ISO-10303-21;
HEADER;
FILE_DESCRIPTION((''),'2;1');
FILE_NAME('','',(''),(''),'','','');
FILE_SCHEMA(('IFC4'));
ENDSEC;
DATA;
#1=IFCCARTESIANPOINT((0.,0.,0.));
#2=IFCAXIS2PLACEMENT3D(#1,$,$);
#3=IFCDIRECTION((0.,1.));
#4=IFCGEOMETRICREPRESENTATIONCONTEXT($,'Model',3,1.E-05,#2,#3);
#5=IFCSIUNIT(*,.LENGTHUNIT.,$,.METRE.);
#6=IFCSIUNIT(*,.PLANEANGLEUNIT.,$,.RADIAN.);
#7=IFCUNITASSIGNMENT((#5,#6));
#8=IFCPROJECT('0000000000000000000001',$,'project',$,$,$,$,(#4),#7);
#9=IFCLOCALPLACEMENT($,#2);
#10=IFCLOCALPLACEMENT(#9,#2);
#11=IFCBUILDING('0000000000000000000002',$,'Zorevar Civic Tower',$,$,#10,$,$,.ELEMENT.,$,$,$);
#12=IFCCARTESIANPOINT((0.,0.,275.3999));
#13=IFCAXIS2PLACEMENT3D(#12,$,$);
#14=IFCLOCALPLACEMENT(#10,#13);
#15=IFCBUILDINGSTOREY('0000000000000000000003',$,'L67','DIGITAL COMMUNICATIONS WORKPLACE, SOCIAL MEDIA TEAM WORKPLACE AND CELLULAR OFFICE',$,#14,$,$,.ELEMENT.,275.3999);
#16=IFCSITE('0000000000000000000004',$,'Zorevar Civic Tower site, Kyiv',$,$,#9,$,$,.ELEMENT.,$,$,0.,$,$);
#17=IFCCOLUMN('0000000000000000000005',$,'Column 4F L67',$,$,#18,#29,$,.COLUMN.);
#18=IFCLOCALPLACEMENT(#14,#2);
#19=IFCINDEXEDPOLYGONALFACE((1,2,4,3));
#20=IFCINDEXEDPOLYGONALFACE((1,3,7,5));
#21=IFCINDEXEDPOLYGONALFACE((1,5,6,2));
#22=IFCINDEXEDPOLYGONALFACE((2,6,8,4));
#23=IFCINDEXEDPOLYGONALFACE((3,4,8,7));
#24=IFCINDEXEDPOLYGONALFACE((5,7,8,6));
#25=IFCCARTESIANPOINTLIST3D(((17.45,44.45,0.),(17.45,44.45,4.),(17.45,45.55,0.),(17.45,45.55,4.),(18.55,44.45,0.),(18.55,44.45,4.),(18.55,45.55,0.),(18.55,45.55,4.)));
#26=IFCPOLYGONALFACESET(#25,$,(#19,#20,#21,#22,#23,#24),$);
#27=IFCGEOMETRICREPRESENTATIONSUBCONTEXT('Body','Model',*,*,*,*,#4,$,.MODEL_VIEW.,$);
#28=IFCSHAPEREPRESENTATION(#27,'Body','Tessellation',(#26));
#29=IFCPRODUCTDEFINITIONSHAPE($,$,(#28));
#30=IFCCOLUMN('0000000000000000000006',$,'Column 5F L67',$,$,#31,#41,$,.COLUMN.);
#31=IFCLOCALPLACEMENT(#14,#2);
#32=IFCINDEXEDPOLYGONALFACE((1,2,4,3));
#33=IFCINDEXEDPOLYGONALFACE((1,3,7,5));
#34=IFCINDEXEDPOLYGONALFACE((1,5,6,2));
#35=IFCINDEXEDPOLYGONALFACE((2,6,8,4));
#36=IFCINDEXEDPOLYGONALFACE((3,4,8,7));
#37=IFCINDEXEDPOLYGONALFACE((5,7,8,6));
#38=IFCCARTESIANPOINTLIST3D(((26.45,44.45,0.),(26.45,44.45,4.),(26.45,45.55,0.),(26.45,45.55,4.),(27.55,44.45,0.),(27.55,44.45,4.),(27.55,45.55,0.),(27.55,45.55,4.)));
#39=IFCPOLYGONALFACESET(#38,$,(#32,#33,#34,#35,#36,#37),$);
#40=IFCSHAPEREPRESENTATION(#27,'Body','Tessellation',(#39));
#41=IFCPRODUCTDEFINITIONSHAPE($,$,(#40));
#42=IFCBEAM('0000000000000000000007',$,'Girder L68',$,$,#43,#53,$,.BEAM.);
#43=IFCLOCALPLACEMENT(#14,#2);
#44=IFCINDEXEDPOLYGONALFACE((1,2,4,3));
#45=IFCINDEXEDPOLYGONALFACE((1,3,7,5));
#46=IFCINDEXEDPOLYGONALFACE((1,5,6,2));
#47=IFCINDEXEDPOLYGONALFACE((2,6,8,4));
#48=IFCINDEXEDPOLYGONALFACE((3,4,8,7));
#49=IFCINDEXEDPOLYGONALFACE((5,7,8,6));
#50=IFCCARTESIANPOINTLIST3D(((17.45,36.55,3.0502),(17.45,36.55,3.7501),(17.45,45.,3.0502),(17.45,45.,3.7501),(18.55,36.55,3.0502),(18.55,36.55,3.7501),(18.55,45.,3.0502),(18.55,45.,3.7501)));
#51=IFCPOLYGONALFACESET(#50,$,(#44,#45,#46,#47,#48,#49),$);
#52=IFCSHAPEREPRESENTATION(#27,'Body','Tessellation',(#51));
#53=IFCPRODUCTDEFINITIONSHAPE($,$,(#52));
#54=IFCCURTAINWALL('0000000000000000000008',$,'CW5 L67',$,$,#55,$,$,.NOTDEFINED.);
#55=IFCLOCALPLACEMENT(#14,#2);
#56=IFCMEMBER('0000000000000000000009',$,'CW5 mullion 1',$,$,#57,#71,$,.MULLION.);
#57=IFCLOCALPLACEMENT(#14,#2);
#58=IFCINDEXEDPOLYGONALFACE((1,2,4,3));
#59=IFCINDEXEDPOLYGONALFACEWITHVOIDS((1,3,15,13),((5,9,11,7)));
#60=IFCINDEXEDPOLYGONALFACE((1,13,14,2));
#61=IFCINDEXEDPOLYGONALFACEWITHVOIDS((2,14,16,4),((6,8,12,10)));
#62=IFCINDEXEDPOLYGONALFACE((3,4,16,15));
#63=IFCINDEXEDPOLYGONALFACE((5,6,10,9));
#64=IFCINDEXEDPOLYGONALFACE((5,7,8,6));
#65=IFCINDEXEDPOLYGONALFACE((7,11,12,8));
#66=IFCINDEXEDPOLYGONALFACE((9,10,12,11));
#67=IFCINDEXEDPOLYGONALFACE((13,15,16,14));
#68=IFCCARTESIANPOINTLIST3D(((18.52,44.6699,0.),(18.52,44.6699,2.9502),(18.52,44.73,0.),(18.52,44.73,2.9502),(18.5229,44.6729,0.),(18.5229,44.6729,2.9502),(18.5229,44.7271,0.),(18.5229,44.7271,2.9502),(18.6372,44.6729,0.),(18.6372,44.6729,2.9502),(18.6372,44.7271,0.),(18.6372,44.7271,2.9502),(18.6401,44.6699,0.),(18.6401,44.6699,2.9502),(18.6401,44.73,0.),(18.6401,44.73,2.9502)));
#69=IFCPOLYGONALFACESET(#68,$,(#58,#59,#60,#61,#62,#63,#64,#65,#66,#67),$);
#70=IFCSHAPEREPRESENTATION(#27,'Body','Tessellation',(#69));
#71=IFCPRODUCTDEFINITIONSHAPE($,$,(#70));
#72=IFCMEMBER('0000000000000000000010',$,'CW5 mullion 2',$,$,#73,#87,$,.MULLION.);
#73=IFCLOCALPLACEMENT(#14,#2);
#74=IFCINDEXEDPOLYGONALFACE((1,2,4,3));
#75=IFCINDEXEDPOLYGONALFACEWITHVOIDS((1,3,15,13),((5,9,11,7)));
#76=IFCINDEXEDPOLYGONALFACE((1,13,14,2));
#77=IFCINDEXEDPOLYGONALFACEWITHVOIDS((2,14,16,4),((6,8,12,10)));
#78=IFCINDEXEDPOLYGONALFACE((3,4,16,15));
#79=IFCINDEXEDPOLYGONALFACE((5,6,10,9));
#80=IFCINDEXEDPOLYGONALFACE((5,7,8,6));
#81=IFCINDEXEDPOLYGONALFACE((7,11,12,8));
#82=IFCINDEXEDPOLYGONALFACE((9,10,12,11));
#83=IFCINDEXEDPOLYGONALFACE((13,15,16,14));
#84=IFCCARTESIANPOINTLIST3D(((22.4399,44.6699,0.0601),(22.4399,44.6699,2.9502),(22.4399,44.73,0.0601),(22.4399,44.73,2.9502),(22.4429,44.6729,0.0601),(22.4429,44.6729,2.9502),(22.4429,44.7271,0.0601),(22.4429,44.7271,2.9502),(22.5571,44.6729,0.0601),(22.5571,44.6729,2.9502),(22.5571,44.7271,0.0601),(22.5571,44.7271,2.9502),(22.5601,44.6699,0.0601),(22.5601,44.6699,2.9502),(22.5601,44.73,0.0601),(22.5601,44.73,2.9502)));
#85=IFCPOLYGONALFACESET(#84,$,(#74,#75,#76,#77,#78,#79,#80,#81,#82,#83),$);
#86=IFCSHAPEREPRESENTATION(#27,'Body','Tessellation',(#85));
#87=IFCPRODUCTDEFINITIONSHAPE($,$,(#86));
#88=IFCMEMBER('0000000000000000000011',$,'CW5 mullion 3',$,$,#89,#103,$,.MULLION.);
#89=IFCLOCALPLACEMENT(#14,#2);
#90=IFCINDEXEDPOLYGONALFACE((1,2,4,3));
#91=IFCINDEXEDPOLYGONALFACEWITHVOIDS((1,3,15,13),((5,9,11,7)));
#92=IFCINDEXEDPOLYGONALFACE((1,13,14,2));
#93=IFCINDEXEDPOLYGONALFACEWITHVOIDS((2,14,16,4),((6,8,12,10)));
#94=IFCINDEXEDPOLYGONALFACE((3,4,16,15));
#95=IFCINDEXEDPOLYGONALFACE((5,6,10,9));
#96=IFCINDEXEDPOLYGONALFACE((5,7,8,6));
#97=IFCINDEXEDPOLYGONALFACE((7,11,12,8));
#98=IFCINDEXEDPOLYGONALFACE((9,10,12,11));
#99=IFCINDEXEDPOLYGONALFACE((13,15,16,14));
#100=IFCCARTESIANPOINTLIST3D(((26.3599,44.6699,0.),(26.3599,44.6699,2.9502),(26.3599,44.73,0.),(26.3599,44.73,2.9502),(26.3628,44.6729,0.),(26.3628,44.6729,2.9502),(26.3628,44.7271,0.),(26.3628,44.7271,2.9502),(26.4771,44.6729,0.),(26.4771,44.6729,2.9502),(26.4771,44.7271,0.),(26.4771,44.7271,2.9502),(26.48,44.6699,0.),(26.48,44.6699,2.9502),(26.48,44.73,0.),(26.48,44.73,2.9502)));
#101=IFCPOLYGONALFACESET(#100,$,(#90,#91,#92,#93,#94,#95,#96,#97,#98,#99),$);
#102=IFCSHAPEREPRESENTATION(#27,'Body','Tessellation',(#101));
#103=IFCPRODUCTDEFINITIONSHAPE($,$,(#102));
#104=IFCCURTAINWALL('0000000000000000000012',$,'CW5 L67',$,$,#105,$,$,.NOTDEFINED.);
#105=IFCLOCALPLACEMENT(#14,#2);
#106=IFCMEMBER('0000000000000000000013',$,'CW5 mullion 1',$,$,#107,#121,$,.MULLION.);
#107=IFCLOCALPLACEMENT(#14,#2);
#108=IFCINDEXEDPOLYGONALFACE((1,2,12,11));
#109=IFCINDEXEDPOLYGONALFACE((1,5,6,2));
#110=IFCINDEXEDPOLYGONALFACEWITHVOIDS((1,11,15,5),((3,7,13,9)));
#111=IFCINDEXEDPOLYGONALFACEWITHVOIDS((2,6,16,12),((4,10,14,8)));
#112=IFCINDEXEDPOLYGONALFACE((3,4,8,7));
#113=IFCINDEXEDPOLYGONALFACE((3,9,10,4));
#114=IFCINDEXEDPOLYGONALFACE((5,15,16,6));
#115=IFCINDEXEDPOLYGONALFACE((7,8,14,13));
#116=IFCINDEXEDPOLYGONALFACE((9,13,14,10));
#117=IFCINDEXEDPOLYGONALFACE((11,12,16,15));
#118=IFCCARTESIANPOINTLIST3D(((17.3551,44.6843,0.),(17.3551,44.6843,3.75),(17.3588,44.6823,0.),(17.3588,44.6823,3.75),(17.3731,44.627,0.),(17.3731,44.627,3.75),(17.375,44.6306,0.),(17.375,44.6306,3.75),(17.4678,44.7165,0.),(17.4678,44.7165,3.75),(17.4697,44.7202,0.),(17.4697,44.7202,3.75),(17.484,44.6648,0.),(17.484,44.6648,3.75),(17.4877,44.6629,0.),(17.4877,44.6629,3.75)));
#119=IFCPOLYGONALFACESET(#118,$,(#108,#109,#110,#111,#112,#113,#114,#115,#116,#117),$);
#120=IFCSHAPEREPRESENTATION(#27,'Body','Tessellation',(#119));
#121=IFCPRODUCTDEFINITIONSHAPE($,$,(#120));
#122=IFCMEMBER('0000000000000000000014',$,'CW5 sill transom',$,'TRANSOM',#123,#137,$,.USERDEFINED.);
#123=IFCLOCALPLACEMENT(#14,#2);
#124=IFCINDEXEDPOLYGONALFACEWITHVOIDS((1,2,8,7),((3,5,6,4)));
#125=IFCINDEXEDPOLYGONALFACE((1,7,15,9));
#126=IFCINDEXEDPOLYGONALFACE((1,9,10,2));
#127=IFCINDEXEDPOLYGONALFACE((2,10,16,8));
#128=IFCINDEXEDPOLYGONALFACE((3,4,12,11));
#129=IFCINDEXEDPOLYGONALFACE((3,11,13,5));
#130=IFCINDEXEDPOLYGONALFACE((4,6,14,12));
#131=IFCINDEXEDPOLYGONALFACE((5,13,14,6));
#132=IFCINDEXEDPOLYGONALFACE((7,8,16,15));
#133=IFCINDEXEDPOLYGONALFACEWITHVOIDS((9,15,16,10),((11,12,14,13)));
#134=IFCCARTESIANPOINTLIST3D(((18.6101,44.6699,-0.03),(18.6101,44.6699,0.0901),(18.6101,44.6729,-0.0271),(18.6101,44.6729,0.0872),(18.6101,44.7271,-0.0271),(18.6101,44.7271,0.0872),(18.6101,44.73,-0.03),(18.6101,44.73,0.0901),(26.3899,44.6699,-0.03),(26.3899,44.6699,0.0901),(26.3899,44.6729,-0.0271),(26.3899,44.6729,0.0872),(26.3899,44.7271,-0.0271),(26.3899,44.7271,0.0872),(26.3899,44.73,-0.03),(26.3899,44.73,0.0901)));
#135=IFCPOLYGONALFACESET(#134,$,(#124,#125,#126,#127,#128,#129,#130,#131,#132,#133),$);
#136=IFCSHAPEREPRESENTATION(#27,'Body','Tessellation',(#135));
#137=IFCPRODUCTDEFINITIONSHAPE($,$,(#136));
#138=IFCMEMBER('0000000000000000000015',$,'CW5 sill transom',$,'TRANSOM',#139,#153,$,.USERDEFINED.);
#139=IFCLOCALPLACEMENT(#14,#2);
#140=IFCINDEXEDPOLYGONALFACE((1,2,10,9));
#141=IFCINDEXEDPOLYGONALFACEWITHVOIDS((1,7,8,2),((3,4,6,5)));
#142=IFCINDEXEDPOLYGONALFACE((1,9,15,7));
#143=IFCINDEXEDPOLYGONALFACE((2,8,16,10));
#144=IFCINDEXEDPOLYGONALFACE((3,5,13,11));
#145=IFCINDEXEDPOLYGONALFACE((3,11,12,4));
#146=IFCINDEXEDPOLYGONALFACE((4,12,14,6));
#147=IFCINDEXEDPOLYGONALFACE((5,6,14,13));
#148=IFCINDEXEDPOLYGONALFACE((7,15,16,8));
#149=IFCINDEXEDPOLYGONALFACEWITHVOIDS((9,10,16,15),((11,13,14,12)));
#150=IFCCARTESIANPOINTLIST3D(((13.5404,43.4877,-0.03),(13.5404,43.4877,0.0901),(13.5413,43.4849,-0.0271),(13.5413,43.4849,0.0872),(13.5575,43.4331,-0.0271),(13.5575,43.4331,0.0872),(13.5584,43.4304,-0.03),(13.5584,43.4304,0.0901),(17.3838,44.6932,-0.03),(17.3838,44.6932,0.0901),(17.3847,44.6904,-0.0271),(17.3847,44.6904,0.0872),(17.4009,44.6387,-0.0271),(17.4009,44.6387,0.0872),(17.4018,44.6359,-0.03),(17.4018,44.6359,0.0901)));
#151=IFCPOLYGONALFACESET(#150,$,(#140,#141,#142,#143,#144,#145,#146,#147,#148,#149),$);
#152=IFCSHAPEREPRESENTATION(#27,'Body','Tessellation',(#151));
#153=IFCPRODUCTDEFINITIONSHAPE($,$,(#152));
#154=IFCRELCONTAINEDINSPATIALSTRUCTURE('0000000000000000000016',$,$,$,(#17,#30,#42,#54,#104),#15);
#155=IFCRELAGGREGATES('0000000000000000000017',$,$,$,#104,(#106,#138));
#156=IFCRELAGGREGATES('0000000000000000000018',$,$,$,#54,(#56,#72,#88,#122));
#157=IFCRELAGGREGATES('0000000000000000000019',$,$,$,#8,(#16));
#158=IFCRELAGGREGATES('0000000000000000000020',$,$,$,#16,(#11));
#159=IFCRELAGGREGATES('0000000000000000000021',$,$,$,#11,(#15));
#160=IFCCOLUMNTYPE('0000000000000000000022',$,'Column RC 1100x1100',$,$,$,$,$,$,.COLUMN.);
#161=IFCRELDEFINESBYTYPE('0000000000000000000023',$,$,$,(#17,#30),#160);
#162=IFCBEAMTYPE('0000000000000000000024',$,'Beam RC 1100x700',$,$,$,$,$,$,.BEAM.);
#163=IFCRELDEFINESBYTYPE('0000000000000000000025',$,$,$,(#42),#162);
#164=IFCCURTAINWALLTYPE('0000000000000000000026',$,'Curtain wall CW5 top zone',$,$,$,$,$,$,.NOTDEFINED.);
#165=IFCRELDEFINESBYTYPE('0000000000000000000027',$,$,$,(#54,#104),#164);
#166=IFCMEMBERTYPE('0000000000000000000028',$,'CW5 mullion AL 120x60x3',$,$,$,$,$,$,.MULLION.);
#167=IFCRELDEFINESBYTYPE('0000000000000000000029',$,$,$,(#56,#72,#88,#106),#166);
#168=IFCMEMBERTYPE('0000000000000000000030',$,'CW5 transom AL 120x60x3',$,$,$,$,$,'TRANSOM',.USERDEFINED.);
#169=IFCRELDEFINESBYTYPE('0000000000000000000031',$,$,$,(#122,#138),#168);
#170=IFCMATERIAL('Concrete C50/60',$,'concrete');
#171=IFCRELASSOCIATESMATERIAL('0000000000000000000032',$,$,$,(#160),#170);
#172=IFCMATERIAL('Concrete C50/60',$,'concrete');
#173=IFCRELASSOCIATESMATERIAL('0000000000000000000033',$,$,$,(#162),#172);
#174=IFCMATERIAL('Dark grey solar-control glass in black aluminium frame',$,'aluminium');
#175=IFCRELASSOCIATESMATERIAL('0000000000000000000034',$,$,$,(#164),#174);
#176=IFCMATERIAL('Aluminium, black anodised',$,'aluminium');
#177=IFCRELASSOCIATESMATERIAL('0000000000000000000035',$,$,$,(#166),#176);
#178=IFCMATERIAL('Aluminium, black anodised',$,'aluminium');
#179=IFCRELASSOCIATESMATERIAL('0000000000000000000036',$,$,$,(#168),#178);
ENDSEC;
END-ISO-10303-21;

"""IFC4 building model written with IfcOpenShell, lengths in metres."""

from ifc_helpers import new_model, si_unit, direction, frame, origin, origin_2d, place, context, subcontext, project, spatial, rectangle, hollow_rectangle, extrude, material, material_profile, profile_set, type_object, element, aggregate, save


model = new_model("IFC4")

# Units and contexts
model_context = context("Model", 3, precision=1e-05, world=origin(), true_north=direction((0.0, 1.0)))
body_context = subcontext(model_context, "Body", "Model", "MODEL_VIEW")
ifc_project = project(units=[si_unit("LENGTHUNIT", "METRE"), si_unit("PLANEANGLEUNIT", "RADIAN")], contexts=[model_context])

# Site, building, storey
site_placement = place(None, origin())
site = spatial("IfcSite", under=ifc_project, at=site_placement, Name="Zorevar Civic Tower site, Kyiv", CompositionType="ELEMENT", RefElevation=0.0)
building_placement = place(site_placement, origin())
building = spatial("IfcBuilding", under=site, at=building_placement, Name="Zorevar Civic Tower", CompositionType="ELEMENT")
storey_placement = place(building_placement, frame((0.0, 0.0, 275.3999)))
storey = spatial("IfcBuildingStorey", under=building, at=storey_placement, Name="L67", Description="DIGITAL COMMUNICATIONS WORKPLACE, SOCIAL MEDIA TEAM WORKPLACE AND CELLULAR OFFICE", CompositionType="ELEMENT", Elevation=275.3999)

# Columns
ifc_material_1 = material(Name="Concrete C50/60", Category="concrete")
ifc_material_profile_1 = material_profile(ifc_material_1, rectangle(XDim=1.1001, YDim=1.1001, at=origin_2d()), Name="RC 1100x1100")
ifc_profile_set_1 = profile_set([ifc_material_profile_1], Name="Concrete C50/60")
column_type = type_object("IfcColumnType", Name="Column RC 1100x1100", PredefinedType="COLUMN", material=ifc_profile_set_1)
for number, where, z_axis, x_axis, name in (
    (1, (18.0, 45.0, 0.0), (0.0, 0.0, 1.0), (1.0, 0.0, 0.0), "Column 4F L67"),
    (2, (27.0, 45.0, 0.0), (0.0, 0.0, 1.0), (1.0, 0.0, 0.0), "Column 5F L67"),
):
    element("IfcColumn", number, at=place(storey_placement, frame(where, z_axis=z_axis, x_axis=x_axis)), inside=storey, type_object=column_type, Name=name, PredefinedType="COLUMN", context=body_context, shape_type="SweptSolid", body=[
        extrude(rectangle(XDim=1.1001, YDim=1.1001, at=origin_2d()), origin(), (0.0, 0.0, 1.0), 4.0),
    ])

# Beam
ifc_material_2 = material(Name="Concrete C50/60", Category="concrete")
ifc_material_profile_2 = material_profile(ifc_material_2, rectangle(XDim=1.1001, YDim=0.7, at=origin_2d()), Name="RC 1100x700")
ifc_profile_set_2 = profile_set([ifc_material_profile_2], Name="Concrete C50/60")
beam_type_1 = type_object("IfcBeamType", Name="Beam RC 1100x700", PredefinedType="BEAM", material=ifc_profile_set_2)
beam_1_placement = place(storey_placement, frame((18.0, 36.55, 3.4001), z_axis=(0.0, 1.0, 0.0), x_axis=(-1.0, 0.0, 0.0)))
element("IfcBeam", 3, at=beam_1_placement, inside=storey, type_object=beam_type_1, Name="Girder L68", PredefinedType="BEAM", context=body_context, shape_type="SweptSolid", body=[
    extrude(rectangle(XDim=1.1001, YDim=0.7, at=origin_2d()), origin(), (0.0, 0.0, 1.0), 8.45),
])

# Curtain wall, members
ifc_material_3 = material(Name="Dark grey solar-control glass in black aluminium frame", Category="aluminium")
curtain_wall_type = type_object("IfcCurtainWallType", Name="Curtain wall CW5 top zone", PredefinedType="NOTDEFINED", material=ifc_material_3)
curtain_wall_1_placement = place(storey_placement, origin())
curtain_wall_1 = element("IfcCurtainWall", 4, at=curtain_wall_1_placement, inside=storey, type_object=curtain_wall_type, Name="CW5 L67", PredefinedType="NOTDEFINED")
ifc_material_4 = material(Name="Aluminium, black anodised", Category="aluminium")
ifc_material_profile_3 = material_profile(ifc_material_4, hollow_rectangle(XDim=0.0601, YDim=0.1201, WallThickness=0.0029, at=origin_2d()), Name="AL 120x60x3")
ifc_profile_set_3 = profile_set([ifc_material_profile_3], Name="Aluminium, black anodised")
member_type_1 = type_object("IfcMemberType", Name="CW5 mullion AL 120x60x3", PredefinedType="MULLION", material=ifc_profile_set_3)
member_1_placement = place(storey_placement, frame((18.5801, 44.7, 0.0), z_axis=(0.0, 0.0, 1.0), x_axis=(0.0, 1.0, 0.0)))
member_1 = element("IfcMember", 5, at=member_1_placement, type_object=member_type_1, Name="CW5 mullion 1", PredefinedType="MULLION", context=body_context, shape_type="SweptSolid", body=[
    extrude(hollow_rectangle(XDim=0.0601, YDim=0.1201, WallThickness=0.0029, at=origin_2d()), origin(), (0.0, 0.0, 1.0), 2.9502),
])
member_2_placement = place(storey_placement, frame((22.5, 44.7, 0.0601), z_axis=(0.0, 0.0, 1.0), x_axis=(0.0, 1.0, 0.0)))
member_2 = element("IfcMember", 6, at=member_2_placement, type_object=member_type_1, Name="CW5 mullion 2", PredefinedType="MULLION", context=body_context, shape_type="SweptSolid", body=[
    extrude(hollow_rectangle(XDim=0.0601, YDim=0.1201, WallThickness=0.0029, at=origin_2d()), origin(), (0.0, 0.0, 1.0), 2.8901),
])
member_3_placement = place(storey_placement, frame((26.4199, 44.7, 0.0), z_axis=(0.0, 0.0, 1.0), x_axis=(0.0, 1.0, 0.0)))
member_3 = element("IfcMember", 7, at=member_3_placement, type_object=member_type_1, Name="CW5 mullion 3", PredefinedType="MULLION", context=body_context, shape_type="SweptSolid", body=[
    extrude(hollow_rectangle(XDim=0.0601, YDim=0.1201, WallThickness=0.0029, at=origin_2d()), origin(), (0.0, 0.0, 1.0), 2.9502),
])

# Curtain wall, member
curtain_wall_2_placement = place(storey_placement, origin())
curtain_wall_2 = element("IfcCurtainWall", 8, at=curtain_wall_2_placement, inside=storey, type_object=curtain_wall_type, Name="CW5 L67", PredefinedType="NOTDEFINED")
member_4_placement = place(storey_placement, frame((17.4214, 44.6736, 0.0), z_axis=(0.0, 0.0, 1.0), x_axis=(0.299318, -0.954153, 0.0)))
member_4 = element("IfcMember", 9, at=member_4_placement, type_object=member_type_1, Name="CW5 mullion 1", PredefinedType="MULLION", context=body_context, shape_type="SweptSolid", body=[
    extrude(hollow_rectangle(XDim=0.0601, YDim=0.1201, WallThickness=0.0029, at=origin_2d()), origin(), (0.0, 0.0, 1.0), 3.75),
])

# Members
ifc_material_5 = material(Name="Aluminium, black anodised", Category="aluminium")
ifc_material_profile_4 = material_profile(ifc_material_5, hollow_rectangle(XDim=0.0601, YDim=0.1201, WallThickness=0.0029, at=origin_2d()), Name="AL 120x60x3")
ifc_profile_set_4 = profile_set([ifc_material_profile_4], Name="Aluminium, black anodised")
member_type_2 = type_object("IfcMemberType", Name="CW5 transom AL 120x60x3", ElementType="TRANSOM", PredefinedType="USERDEFINED", material=ifc_profile_set_4)
member_5_placement = place(storey_placement, frame((18.6101, 44.7, 0.03), z_axis=(1.0, 0.0, 0.0), x_axis=(0.0, 1.0, 0.0)))
member_5 = element("IfcMember", 10, at=member_5_placement, type_object=member_type_2, Name="CW5 sill transom", ObjectType="TRANSOM", PredefinedType="USERDEFINED", context=body_context, shape_type="SweptSolid", body=[
    extrude(hollow_rectangle(XDim=0.0601, YDim=0.1201, WallThickness=0.0029, at=origin_2d()), origin(), (0.0, 0.0, 1.0), 7.7798),
])
member_6_placement = place(storey_placement, frame((17.3928, 44.6646, 0.03), z_axis=(-0.954163, -0.299286, 0.0), x_axis=(0.299286, -0.954163, 0.0)))
member_6 = element("IfcMember", 11, at=member_6_placement, type_object=member_type_2, Name="CW5 sill transom", ObjectType="TRANSOM", PredefinedType="USERDEFINED", context=body_context, shape_type="SweptSolid", body=[
    extrude(hollow_rectangle(XDim=0.0601, YDim=0.1201, WallThickness=0.0029, at=origin_2d()), origin(), (0.0, 0.0, 1.0), 4.0281),
])
aggregate(curtain_wall_2, [member_4, member_6])

aggregate(curtain_wall_1, [member_1, member_2, member_3, member_5])

save(model, "model.ifc")
